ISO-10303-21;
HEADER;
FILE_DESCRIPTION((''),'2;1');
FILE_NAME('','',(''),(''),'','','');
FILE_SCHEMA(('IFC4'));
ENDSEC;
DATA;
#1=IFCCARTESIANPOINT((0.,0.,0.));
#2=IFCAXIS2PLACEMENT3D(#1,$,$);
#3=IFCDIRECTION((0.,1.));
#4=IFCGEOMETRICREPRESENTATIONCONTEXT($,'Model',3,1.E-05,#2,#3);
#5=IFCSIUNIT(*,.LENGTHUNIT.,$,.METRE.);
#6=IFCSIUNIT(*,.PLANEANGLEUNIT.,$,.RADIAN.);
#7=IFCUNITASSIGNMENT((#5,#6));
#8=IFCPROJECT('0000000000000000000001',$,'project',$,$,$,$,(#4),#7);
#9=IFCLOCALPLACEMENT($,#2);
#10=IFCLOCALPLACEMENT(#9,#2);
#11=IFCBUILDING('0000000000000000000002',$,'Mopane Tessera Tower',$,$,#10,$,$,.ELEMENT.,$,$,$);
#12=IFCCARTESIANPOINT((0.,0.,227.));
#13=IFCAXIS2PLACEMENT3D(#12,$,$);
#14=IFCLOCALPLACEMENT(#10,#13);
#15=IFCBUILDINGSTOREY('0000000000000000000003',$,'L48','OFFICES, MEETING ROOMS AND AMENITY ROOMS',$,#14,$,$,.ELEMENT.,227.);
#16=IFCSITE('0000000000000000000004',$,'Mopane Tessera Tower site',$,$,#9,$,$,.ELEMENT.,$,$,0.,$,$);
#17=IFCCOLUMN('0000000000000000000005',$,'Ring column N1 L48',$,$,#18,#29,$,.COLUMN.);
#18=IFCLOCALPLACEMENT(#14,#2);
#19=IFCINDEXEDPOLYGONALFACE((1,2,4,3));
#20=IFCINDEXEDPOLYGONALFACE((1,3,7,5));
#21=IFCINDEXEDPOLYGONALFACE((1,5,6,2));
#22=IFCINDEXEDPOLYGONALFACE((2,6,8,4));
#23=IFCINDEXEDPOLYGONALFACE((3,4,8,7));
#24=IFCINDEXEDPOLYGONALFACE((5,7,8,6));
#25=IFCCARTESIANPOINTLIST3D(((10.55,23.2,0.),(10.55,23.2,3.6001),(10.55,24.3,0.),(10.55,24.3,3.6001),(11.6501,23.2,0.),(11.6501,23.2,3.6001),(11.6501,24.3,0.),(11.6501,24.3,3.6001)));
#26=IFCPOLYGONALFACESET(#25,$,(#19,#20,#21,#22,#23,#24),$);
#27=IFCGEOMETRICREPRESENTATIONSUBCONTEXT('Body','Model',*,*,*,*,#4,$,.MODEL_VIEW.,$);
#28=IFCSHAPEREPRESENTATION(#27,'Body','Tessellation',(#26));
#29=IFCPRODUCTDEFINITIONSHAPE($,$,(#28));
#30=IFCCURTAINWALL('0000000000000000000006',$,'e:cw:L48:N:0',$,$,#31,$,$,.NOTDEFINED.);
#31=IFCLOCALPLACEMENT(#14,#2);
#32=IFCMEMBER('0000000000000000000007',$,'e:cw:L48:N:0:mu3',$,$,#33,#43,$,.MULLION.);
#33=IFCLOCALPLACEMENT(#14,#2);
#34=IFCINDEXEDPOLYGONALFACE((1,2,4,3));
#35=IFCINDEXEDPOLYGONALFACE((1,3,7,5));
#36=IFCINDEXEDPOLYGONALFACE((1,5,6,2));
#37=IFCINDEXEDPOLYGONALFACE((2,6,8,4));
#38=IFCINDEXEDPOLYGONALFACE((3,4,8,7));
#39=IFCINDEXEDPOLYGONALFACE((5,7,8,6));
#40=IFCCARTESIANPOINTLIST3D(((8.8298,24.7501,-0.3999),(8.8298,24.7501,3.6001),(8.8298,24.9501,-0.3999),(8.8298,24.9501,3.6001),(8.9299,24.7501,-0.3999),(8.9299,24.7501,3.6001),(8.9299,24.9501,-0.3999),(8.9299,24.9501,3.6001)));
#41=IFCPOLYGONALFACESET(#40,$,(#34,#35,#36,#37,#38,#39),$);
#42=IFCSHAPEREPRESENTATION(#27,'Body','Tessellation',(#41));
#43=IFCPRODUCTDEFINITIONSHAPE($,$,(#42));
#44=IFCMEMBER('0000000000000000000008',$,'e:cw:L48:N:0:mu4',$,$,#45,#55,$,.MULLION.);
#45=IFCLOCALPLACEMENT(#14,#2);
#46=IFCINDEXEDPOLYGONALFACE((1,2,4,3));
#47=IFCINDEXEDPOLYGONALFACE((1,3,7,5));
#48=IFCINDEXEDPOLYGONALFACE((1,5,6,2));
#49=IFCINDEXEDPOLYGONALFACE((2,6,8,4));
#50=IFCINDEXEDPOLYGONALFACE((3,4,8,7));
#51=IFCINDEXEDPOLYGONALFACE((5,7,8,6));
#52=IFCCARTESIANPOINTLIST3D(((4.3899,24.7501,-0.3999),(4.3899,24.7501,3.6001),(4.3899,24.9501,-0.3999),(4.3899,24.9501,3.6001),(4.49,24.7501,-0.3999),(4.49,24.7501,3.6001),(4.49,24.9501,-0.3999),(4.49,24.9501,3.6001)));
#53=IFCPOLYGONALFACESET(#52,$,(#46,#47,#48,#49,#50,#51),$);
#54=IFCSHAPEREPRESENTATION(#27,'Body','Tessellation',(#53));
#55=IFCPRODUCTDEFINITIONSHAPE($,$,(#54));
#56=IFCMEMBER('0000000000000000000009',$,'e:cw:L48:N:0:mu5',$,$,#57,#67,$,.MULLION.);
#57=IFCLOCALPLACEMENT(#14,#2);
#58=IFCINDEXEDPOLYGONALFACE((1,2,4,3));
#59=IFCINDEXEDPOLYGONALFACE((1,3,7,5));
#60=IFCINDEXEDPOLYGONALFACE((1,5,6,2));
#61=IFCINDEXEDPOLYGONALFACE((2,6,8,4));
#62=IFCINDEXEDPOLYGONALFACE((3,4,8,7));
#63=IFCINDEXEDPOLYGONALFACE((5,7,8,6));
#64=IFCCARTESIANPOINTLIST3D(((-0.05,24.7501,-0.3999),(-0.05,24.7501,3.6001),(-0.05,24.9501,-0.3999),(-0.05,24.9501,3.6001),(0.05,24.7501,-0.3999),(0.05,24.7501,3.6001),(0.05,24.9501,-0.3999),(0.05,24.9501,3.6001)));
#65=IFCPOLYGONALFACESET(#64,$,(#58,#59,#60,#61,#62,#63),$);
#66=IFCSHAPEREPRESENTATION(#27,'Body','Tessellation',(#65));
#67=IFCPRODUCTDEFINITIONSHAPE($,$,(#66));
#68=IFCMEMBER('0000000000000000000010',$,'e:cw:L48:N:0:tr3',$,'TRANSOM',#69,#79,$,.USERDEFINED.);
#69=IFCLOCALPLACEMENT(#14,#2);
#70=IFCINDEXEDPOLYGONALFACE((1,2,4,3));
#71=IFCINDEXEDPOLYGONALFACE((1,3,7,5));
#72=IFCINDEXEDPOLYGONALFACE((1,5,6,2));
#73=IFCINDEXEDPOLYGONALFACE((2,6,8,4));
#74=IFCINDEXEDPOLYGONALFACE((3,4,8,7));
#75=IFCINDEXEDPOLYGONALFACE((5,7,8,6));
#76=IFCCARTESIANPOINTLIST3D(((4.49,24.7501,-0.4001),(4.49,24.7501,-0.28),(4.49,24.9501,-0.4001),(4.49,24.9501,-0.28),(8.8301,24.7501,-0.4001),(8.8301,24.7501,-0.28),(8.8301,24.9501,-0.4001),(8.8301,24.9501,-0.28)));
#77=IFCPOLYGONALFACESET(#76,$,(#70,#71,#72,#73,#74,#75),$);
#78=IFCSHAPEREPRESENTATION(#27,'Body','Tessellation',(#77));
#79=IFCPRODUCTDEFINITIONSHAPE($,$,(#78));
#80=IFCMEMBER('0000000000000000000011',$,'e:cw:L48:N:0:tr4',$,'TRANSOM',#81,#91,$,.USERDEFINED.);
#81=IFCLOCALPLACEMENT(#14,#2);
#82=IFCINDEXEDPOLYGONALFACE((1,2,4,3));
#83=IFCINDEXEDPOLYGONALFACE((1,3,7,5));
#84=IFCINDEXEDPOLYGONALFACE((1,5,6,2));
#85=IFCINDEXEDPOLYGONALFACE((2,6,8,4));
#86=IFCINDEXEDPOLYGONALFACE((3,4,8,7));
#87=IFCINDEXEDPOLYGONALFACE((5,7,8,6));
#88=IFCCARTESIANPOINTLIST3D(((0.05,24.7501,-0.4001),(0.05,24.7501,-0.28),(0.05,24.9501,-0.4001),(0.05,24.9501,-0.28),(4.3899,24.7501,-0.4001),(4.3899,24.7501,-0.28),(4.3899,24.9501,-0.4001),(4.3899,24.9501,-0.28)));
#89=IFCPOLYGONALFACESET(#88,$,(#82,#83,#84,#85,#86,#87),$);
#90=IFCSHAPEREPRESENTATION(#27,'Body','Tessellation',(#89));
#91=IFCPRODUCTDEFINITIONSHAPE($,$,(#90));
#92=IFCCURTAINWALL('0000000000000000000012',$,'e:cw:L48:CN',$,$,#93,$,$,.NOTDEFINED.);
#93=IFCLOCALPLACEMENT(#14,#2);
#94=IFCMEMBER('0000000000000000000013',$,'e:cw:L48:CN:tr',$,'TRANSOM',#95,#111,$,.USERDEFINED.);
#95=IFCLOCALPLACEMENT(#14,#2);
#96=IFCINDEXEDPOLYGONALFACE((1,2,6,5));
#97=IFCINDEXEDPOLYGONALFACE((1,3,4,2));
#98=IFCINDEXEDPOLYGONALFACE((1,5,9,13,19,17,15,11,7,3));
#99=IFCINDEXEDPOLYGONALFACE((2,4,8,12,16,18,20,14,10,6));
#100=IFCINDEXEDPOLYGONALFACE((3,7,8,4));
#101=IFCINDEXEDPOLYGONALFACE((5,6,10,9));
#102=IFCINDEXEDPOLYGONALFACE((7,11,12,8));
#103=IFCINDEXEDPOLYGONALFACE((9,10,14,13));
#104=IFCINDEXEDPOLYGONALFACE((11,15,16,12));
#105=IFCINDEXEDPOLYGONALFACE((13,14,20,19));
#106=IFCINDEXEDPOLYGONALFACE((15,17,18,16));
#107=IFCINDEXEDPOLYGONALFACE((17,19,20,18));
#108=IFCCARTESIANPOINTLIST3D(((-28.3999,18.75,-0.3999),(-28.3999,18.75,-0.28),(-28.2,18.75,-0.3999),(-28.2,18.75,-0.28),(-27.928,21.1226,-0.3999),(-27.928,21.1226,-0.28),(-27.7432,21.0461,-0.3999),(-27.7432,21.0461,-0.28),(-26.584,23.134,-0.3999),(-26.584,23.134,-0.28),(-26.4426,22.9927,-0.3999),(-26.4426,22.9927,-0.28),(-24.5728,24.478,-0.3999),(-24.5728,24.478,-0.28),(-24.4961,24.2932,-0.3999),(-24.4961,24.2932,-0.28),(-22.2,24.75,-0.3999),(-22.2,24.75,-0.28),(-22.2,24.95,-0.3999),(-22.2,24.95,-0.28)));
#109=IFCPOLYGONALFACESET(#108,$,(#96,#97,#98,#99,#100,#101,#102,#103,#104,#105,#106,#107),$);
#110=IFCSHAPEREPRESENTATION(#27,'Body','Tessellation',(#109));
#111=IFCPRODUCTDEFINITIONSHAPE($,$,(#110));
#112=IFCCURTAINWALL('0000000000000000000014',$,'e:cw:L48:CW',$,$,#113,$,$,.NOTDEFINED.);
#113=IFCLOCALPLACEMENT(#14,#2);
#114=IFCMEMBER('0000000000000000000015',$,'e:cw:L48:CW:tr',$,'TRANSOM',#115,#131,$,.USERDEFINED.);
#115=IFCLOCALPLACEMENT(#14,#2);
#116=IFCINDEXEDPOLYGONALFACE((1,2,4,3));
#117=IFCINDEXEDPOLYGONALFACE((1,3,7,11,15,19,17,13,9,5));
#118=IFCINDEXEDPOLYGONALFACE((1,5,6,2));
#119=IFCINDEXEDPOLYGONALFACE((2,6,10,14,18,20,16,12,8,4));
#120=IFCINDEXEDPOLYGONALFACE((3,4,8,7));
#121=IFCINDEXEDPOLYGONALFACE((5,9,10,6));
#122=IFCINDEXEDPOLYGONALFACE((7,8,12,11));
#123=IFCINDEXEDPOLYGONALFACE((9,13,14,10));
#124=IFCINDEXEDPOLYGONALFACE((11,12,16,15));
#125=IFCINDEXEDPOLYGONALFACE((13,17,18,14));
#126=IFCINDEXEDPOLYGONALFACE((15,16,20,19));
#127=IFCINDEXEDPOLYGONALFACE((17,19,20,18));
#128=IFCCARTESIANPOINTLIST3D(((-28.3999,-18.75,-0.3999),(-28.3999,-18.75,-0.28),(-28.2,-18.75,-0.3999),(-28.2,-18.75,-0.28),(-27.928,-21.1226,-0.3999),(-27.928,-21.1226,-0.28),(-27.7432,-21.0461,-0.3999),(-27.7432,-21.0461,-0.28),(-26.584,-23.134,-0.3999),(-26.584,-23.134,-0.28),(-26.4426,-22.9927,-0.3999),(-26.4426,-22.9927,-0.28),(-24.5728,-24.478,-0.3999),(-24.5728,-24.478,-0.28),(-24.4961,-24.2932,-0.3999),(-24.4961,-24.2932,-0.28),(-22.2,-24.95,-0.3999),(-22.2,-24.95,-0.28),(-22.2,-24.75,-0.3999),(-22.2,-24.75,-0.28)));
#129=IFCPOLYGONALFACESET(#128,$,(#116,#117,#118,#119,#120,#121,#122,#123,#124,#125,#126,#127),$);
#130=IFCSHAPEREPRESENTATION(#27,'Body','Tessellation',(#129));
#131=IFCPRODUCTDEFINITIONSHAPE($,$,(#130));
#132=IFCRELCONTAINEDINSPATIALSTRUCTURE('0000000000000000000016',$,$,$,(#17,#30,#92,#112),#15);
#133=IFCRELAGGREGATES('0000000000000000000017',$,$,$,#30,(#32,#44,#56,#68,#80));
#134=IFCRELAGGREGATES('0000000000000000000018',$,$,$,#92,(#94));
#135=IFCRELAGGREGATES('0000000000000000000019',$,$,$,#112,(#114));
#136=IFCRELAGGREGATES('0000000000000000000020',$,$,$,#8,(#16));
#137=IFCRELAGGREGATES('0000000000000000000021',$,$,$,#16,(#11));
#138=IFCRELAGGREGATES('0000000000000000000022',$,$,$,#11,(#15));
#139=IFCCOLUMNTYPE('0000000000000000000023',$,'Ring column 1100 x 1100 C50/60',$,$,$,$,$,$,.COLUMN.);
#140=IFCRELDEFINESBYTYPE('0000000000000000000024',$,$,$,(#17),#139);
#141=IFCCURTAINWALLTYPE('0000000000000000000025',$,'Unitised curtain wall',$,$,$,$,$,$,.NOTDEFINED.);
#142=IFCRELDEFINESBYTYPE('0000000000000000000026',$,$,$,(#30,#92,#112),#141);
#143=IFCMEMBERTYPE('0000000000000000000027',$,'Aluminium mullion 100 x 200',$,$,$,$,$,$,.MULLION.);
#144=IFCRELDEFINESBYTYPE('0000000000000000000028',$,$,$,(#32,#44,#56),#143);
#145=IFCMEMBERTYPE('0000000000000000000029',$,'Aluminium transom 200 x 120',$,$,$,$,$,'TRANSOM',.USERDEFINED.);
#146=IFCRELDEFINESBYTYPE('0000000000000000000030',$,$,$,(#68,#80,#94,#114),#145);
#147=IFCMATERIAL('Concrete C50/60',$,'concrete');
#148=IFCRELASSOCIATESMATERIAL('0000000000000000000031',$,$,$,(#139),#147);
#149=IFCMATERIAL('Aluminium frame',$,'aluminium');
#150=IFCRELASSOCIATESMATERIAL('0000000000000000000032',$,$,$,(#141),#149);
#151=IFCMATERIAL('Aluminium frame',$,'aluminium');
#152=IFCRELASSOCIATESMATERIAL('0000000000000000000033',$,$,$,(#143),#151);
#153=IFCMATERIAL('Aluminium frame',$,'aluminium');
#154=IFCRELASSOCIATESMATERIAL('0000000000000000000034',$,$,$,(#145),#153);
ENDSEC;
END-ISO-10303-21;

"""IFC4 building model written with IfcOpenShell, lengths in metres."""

from ifc_helpers import new_model, si_unit, direction, frame, origin, origin_2d, place, context, subcontext, project, spatial, polyline, rectangle, outline, extrude, material, material_profile, profile_set, type_object, element, aggregate, save


model = new_model("IFC4")

# Units and contexts
model_context = context("Model", 3, precision=1e-05, world=origin(), true_north=direction((0.0, 1.0)))
body_context = subcontext(model_context, "Body", "Model", "MODEL_VIEW")
ifc_project = project(units=[si_unit("LENGTHUNIT", "METRE"), si_unit("PLANEANGLEUNIT", "RADIAN")], contexts=[model_context])

# Site, building, storey
site_placement = place(None, origin())
site = spatial("IfcSite", under=ifc_project, at=site_placement, Name="Mopane Tessera Tower site", CompositionType="ELEMENT", RefElevation=0.0)
building_placement = place(site_placement, origin())
building = spatial("IfcBuilding", under=site, at=building_placement, Name="Mopane Tessera Tower", CompositionType="ELEMENT")
storey_placement = place(building_placement, frame((0.0, 0.0, 227.0)))
storey = spatial("IfcBuildingStorey", under=building, at=storey_placement, Name="L48", Description="OFFICES, MEETING ROOMS AND AMENITY ROOMS", CompositionType="ELEMENT", Elevation=227.0)

# Column
ifc_material_1 = material(Name="Concrete C50/60", Category="concrete")
ifc_material_profile_1 = material_profile(ifc_material_1, rectangle(XDim=1.1001, YDim=1.1001, at=origin_2d()))
ifc_profile_set_1 = profile_set([ifc_material_profile_1], Name="Concrete C50/60")
column_type = type_object("IfcColumnType", Name="Ring column 1100 x 1100 C50/60", PredefinedType="COLUMN", material=ifc_profile_set_1)
column_placement = place(storey_placement, frame((11.1001, 23.75, 0.0), z_axis=(0.0, 0.0, 1.0), x_axis=(1.0, 0.0, 0.0)))
element("IfcColumn", 1, at=column_placement, inside=storey, type_object=column_type, Name="Ring column N1 L48", PredefinedType="COLUMN", context=body_context, shape_type="SweptSolid", body=[
    extrude(rectangle(XDim=1.1001, YDim=1.1001, at=origin_2d()), origin(), (0.0, 0.0, 1.0), 3.6001),
])

# Curtain wall, members
ifc_material_2 = material(Name="Aluminium frame", Category="aluminium")
curtain_wall_type = type_object("IfcCurtainWallType", Name="Unitised curtain wall", PredefinedType="NOTDEFINED", material=ifc_material_2)
curtain_wall_1_placement = place(storey_placement, origin())
curtain_wall_1 = element("IfcCurtainWall", 2, at=curtain_wall_1_placement, inside=storey, type_object=curtain_wall_type, Name="e:cw:L48:N:0", PredefinedType="NOTDEFINED")
ifc_material_3 = material(Name="Aluminium frame", Category="aluminium")
ifc_material_profile_2 = material_profile(ifc_material_3, rectangle(XDim=0.1001, YDim=0.2, at=origin_2d()))
ifc_profile_set_2 = profile_set([ifc_material_profile_2], Name="Aluminium frame")
member_type_1 = type_object("IfcMemberType", Name="Aluminium mullion 100 x 200", PredefinedType="MULLION", material=ifc_profile_set_2)
member_1_placement = place(storey_placement, frame((8.8799, 24.8501, -0.3999), z_axis=(0.0, 0.0, 1.0), x_axis=(-1.0, 0.0, 0.0)))
member_1 = element("IfcMember", 3, at=member_1_placement, type_object=member_type_1, Name="e:cw:L48:N:0:mu3", PredefinedType="MULLION", context=body_context, shape_type="SweptSolid", body=[
    extrude(rectangle(XDim=0.1001, YDim=0.2, at=origin_2d()), origin(), (0.0, 0.0, 1.0), 4.0),
])
member_2_placement = place(storey_placement, frame((4.4399, 24.8501, -0.3999), z_axis=(0.0, 0.0, 1.0), x_axis=(-1.0, 0.0, 0.0)))
member_2 = element("IfcMember", 4, at=member_2_placement, type_object=member_type_1, Name="e:cw:L48:N:0:mu4", PredefinedType="MULLION", context=body_context, shape_type="SweptSolid", body=[
    extrude(rectangle(XDim=0.1001, YDim=0.2, at=origin_2d()), origin(), (0.0, 0.0, 1.0), 4.0),
])
member_3_placement = place(storey_placement, frame((0.0, 24.8501, -0.3999), z_axis=(0.0, 0.0, 1.0), x_axis=(-1.0, 0.0, 0.0)))
member_3 = element("IfcMember", 5, at=member_3_placement, type_object=member_type_1, Name="e:cw:L48:N:0:mu5", PredefinedType="MULLION", context=body_context, shape_type="SweptSolid", body=[
    extrude(rectangle(XDim=0.1001, YDim=0.2, at=origin_2d()), origin(), (0.0, 0.0, 1.0), 4.0),
])
ifc_material_4 = material(Name="Aluminium frame", Category="aluminium")
ifc_material_profile_3 = material_profile(ifc_material_4, rectangle(XDim=0.2, YDim=0.1201, at=origin_2d()))
ifc_profile_set_3 = profile_set([ifc_material_profile_3], Name="Aluminium frame")
member_type_2 = type_object("IfcMemberType", Name="Aluminium transom 200 x 120", ElementType="TRANSOM", PredefinedType="USERDEFINED", material=ifc_profile_set_3)
member_4_placement = place(storey_placement, frame((8.8301, 24.8501, -0.3401), z_axis=(-1.0, 0.0, 0.0), x_axis=(0.0, -1.0, 0.0)))
member_4 = element("IfcMember", 6, at=member_4_placement, type_object=member_type_2, Name="e:cw:L48:N:0:tr3", ObjectType="TRANSOM", PredefinedType="USERDEFINED", context=body_context, shape_type="SweptSolid", body=[
    extrude(rectangle(XDim=0.2, YDim=0.1201, at=origin_2d()), origin(), (0.0, 0.0, 1.0), 4.3401),
])
member_5_placement = place(storey_placement, frame((4.3899, 24.8501, -0.3401), z_axis=(-1.0, 0.0, 0.0), x_axis=(0.0, -1.0, 0.0)))
member_5 = element("IfcMember", 7, at=member_5_placement, type_object=member_type_2, Name="e:cw:L48:N:0:tr4", ObjectType="TRANSOM", PredefinedType="USERDEFINED", context=body_context, shape_type="SweptSolid", body=[
    extrude(rectangle(XDim=0.2, YDim=0.1201, at=origin_2d()), origin(), (0.0, 0.0, 1.0), 4.3398),
])

# Curtain walls, members
curtain_wall_2_placement = place(storey_placement, origin())
curtain_wall_2 = element("IfcCurtainWall", 8, at=curtain_wall_2_placement, inside=storey, type_object=curtain_wall_type, Name="e:cw:L48:CN", PredefinedType="NOTDEFINED")
member_6_placement = place(storey_placement, frame((0.0, 0.0, -0.3999)))
member_6 = element("IfcMember", 9, at=member_6_placement, type_object=member_type_2, Name="e:cw:L48:CN:tr", ObjectType="TRANSOM", PredefinedType="USERDEFINED", context=body_context, shape_type="SweptSolid", body=[
    extrude(outline(polyline([(-22.2, 24.75), (-24.4961, 24.2932), (-26.4426, 22.9927), (-27.7432, 21.0461), (-28.2, 18.75), (-28.3999, 18.75), (-27.928, 21.1226), (-26.584, 23.134), (-24.5728, 24.478), (-22.2, 24.95), (-22.2, 24.75)])), origin(), (0.0, 0.0, 1.0), 0.1199),
])
curtain_wall_3_placement = place(storey_placement, origin())
curtain_wall_3 = element("IfcCurtainWall", 10, at=curtain_wall_3_placement, inside=storey, type_object=curtain_wall_type, Name="e:cw:L48:CW", PredefinedType="NOTDEFINED")
member_7_placement = place(storey_placement, frame((0.0, 0.0, -0.3999)))
member_7 = element("IfcMember", 11, at=member_7_placement, type_object=member_type_2, Name="e:cw:L48:CW:tr", ObjectType="TRANSOM", PredefinedType="USERDEFINED", context=body_context, shape_type="SweptSolid", body=[
    extrude(outline(polyline([(-28.2, -18.75), (-27.7432, -21.0461), (-26.4426, -22.9927), (-24.4961, -24.2932), (-22.2, -24.75), (-22.2, -24.95), (-24.5728, -24.478), (-26.584, -23.134), (-27.928, -21.1226), (-28.3999, -18.75), (-28.2, -18.75)])), origin(), (0.0, 0.0, 1.0), 0.1199),
])

aggregate(curtain_wall_1, [member_1, member_2, member_3, member_4, member_5])
aggregate(curtain_wall_2, [member_6])
aggregate(curtain_wall_3, [member_7])

save(model, "model.ifc")
